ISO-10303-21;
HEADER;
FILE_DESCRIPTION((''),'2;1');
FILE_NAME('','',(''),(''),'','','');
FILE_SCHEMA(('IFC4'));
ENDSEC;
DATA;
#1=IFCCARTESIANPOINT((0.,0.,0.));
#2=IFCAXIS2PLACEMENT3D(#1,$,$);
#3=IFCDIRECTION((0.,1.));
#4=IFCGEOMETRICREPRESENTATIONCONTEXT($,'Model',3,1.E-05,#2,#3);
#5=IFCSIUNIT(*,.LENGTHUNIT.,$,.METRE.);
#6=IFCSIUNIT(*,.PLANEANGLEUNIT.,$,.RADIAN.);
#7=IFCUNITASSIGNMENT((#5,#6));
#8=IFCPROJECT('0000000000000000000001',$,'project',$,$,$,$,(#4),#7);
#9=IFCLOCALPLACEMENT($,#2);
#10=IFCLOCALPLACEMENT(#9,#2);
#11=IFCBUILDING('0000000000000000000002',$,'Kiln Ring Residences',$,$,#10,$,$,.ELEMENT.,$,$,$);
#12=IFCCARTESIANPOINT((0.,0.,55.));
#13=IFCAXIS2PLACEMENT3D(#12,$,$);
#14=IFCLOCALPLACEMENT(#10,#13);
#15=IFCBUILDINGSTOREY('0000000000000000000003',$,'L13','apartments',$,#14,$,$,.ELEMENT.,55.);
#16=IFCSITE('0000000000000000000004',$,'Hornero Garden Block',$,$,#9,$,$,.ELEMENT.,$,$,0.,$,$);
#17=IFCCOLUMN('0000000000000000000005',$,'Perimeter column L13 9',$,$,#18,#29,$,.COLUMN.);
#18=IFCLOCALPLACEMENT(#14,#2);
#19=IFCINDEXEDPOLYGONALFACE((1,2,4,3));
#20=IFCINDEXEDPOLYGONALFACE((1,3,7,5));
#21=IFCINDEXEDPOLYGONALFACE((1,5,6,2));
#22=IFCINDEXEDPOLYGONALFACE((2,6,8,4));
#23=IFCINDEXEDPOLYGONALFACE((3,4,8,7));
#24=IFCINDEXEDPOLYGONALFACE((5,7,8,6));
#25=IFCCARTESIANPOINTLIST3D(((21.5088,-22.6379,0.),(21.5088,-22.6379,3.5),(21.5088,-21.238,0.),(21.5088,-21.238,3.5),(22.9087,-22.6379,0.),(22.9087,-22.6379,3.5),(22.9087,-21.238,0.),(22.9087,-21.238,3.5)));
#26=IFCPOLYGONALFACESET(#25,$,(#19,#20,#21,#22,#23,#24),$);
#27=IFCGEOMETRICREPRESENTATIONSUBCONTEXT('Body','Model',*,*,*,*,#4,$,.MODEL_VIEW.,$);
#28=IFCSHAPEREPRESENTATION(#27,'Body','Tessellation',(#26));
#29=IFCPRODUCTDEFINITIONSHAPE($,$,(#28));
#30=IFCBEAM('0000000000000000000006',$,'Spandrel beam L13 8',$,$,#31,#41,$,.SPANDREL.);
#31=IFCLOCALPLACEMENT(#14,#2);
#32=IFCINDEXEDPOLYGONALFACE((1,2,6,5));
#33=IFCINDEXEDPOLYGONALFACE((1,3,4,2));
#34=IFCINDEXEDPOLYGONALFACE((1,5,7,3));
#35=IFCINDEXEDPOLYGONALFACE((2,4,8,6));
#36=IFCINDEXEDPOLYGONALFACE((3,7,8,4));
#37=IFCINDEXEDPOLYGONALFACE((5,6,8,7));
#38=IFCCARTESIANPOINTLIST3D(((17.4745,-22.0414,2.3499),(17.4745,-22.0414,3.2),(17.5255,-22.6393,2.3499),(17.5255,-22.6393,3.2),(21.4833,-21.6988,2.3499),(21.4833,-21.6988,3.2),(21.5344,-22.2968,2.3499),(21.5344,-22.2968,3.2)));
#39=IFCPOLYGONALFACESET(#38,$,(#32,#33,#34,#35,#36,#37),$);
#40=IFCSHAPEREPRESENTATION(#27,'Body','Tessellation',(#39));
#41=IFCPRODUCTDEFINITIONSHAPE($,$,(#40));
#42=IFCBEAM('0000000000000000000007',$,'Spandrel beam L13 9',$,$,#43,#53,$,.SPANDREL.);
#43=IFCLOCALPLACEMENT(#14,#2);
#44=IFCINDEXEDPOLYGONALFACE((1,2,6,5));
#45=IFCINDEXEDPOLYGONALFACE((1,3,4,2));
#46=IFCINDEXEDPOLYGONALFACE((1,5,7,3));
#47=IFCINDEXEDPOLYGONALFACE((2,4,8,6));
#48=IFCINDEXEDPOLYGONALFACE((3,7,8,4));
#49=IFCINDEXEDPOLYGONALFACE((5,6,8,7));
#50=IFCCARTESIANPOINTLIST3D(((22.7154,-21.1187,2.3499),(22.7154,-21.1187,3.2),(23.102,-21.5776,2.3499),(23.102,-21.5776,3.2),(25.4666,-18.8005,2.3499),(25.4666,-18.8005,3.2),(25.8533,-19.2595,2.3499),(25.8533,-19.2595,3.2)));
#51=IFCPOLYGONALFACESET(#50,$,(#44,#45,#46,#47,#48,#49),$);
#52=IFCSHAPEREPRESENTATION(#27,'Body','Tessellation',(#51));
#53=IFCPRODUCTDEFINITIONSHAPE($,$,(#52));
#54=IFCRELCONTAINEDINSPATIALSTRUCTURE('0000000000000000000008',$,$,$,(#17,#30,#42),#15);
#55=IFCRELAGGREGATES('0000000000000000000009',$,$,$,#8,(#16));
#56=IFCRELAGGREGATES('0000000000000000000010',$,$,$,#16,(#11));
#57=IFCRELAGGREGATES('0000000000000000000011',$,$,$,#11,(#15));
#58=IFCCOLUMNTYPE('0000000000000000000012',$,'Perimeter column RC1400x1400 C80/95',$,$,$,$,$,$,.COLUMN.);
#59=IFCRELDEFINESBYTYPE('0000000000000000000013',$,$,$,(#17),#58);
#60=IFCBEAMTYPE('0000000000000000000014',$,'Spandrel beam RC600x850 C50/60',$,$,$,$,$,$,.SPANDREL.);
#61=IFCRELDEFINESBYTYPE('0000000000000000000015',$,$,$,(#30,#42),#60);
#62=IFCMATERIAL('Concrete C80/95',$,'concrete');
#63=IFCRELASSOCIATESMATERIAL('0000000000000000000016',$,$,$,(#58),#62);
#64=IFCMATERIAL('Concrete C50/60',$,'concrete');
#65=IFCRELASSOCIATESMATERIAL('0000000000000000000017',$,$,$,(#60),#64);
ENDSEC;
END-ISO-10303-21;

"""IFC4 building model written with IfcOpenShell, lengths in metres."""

from ifc_helpers import new_model, si_unit, direction, frame, origin, origin_2d, place, context, subcontext, project, spatial, rectangle, extrude, material, material_profile, profile_set, type_object, element, save


model = new_model("IFC4")

# Units and contexts
model_context = context("Model", 3, precision=1e-05, world=origin(), true_north=direction((0.0, 1.0)))
body_context = subcontext(model_context, "Body", "Model", "MODEL_VIEW")
ifc_project = project(units=[si_unit("LENGTHUNIT", "METRE"), si_unit("PLANEANGLEUNIT", "RADIAN")], contexts=[model_context])

# Site, building, storey
site_placement = place(None, origin())
site = spatial("IfcSite", under=ifc_project, at=site_placement, Name="Hornero Garden Block", CompositionType="ELEMENT", RefElevation=0.0)
building_placement = place(site_placement, origin())
building = spatial("IfcBuilding", under=site, at=building_placement, Name="Kiln Ring Residences", CompositionType="ELEMENT")
storey_placement = place(building_placement, frame((0.0, 0.0, 55.0)))
storey = spatial("IfcBuildingStorey", under=building, at=storey_placement, Name="L13", Description="apartments", CompositionType="ELEMENT", Elevation=55.0)

# Column
ifc_material_1 = material(Name="Concrete C80/95", Category="concrete")
ifc_material_profile_1 = material_profile(ifc_material_1, rectangle(XDim=1.3999, YDim=1.3999, at=origin_2d()), Name="RC1400x1400")
ifc_profile_set_1 = profile_set([ifc_material_profile_1], Name="Concrete C80/95")
column_type = type_object("IfcColumnType", Name="Perimeter column RC1400x1400 C80/95", PredefinedType="COLUMN", material=ifc_profile_set_1)
column_placement = place(storey_placement, frame((22.2087, -21.938, 0.0), z_axis=(0.0, 0.0, 1.0), x_axis=(1.0, 0.0, 0.0)))
element("IfcColumn", 1, at=column_placement, inside=storey, type_object=column_type, Name="Perimeter column L13 9", PredefinedType="COLUMN", context=body_context, shape_type="SweptSolid", body=[
    extrude(rectangle(XDim=1.3999, YDim=1.3999, at=origin_2d()), origin(), (0.0, 0.0, 1.0), 3.5),
])

# Beams
ifc_material_2 = material(Name="Concrete C50/60", Category="concrete")
ifc_material_profile_2 = material_profile(ifc_material_2, rectangle(XDim=0.6001, YDim=0.8501, at=origin_2d()), Name="RC600x850")
ifc_profile_set_2 = profile_set([ifc_material_profile_2], Name="Concrete C50/60")
beam_type = type_object("IfcBeamType", Name="Spandrel beam RC600x850 C50/60", PredefinedType="SPANDREL", material=ifc_profile_set_2)
beam_1_placement = place(storey_placement, frame((17.5, -22.3403, 2.7749), z_axis=(0.996369, 0.085134, 0.0), x_axis=(-0.085134, 0.996369, 0.0)))
element("IfcBeam", 2, at=beam_1_placement, inside=storey, type_object=beam_type, Name="Spandrel beam L13 8", PredefinedType="SPANDREL", context=body_context, shape_type="SweptSolid", body=[
    extrude(rectangle(XDim=0.6001, YDim=0.8501, at=origin_2d()), origin(), (0.0, 0.0, 1.0), 4.0234),
])
beam_2_placement = place(storey_placement, frame((22.9087, -21.3481, 2.7749), z_axis=(0.764733, 0.644347, 0.0), x_axis=(-0.644347, 0.764733, 0.0)))
element("IfcBeam", 3, at=beam_2_placement, inside=storey, type_object=beam_type, Name="Spandrel beam L13 9", PredefinedType="SPANDREL", context=body_context, shape_type="SweptSolid", body=[
    extrude(rectangle(XDim=0.6001, YDim=0.8501, at=origin_2d()), origin(), (0.0, 0.0, 1.0), 3.5977),
])

save(model, "model.ifc")
